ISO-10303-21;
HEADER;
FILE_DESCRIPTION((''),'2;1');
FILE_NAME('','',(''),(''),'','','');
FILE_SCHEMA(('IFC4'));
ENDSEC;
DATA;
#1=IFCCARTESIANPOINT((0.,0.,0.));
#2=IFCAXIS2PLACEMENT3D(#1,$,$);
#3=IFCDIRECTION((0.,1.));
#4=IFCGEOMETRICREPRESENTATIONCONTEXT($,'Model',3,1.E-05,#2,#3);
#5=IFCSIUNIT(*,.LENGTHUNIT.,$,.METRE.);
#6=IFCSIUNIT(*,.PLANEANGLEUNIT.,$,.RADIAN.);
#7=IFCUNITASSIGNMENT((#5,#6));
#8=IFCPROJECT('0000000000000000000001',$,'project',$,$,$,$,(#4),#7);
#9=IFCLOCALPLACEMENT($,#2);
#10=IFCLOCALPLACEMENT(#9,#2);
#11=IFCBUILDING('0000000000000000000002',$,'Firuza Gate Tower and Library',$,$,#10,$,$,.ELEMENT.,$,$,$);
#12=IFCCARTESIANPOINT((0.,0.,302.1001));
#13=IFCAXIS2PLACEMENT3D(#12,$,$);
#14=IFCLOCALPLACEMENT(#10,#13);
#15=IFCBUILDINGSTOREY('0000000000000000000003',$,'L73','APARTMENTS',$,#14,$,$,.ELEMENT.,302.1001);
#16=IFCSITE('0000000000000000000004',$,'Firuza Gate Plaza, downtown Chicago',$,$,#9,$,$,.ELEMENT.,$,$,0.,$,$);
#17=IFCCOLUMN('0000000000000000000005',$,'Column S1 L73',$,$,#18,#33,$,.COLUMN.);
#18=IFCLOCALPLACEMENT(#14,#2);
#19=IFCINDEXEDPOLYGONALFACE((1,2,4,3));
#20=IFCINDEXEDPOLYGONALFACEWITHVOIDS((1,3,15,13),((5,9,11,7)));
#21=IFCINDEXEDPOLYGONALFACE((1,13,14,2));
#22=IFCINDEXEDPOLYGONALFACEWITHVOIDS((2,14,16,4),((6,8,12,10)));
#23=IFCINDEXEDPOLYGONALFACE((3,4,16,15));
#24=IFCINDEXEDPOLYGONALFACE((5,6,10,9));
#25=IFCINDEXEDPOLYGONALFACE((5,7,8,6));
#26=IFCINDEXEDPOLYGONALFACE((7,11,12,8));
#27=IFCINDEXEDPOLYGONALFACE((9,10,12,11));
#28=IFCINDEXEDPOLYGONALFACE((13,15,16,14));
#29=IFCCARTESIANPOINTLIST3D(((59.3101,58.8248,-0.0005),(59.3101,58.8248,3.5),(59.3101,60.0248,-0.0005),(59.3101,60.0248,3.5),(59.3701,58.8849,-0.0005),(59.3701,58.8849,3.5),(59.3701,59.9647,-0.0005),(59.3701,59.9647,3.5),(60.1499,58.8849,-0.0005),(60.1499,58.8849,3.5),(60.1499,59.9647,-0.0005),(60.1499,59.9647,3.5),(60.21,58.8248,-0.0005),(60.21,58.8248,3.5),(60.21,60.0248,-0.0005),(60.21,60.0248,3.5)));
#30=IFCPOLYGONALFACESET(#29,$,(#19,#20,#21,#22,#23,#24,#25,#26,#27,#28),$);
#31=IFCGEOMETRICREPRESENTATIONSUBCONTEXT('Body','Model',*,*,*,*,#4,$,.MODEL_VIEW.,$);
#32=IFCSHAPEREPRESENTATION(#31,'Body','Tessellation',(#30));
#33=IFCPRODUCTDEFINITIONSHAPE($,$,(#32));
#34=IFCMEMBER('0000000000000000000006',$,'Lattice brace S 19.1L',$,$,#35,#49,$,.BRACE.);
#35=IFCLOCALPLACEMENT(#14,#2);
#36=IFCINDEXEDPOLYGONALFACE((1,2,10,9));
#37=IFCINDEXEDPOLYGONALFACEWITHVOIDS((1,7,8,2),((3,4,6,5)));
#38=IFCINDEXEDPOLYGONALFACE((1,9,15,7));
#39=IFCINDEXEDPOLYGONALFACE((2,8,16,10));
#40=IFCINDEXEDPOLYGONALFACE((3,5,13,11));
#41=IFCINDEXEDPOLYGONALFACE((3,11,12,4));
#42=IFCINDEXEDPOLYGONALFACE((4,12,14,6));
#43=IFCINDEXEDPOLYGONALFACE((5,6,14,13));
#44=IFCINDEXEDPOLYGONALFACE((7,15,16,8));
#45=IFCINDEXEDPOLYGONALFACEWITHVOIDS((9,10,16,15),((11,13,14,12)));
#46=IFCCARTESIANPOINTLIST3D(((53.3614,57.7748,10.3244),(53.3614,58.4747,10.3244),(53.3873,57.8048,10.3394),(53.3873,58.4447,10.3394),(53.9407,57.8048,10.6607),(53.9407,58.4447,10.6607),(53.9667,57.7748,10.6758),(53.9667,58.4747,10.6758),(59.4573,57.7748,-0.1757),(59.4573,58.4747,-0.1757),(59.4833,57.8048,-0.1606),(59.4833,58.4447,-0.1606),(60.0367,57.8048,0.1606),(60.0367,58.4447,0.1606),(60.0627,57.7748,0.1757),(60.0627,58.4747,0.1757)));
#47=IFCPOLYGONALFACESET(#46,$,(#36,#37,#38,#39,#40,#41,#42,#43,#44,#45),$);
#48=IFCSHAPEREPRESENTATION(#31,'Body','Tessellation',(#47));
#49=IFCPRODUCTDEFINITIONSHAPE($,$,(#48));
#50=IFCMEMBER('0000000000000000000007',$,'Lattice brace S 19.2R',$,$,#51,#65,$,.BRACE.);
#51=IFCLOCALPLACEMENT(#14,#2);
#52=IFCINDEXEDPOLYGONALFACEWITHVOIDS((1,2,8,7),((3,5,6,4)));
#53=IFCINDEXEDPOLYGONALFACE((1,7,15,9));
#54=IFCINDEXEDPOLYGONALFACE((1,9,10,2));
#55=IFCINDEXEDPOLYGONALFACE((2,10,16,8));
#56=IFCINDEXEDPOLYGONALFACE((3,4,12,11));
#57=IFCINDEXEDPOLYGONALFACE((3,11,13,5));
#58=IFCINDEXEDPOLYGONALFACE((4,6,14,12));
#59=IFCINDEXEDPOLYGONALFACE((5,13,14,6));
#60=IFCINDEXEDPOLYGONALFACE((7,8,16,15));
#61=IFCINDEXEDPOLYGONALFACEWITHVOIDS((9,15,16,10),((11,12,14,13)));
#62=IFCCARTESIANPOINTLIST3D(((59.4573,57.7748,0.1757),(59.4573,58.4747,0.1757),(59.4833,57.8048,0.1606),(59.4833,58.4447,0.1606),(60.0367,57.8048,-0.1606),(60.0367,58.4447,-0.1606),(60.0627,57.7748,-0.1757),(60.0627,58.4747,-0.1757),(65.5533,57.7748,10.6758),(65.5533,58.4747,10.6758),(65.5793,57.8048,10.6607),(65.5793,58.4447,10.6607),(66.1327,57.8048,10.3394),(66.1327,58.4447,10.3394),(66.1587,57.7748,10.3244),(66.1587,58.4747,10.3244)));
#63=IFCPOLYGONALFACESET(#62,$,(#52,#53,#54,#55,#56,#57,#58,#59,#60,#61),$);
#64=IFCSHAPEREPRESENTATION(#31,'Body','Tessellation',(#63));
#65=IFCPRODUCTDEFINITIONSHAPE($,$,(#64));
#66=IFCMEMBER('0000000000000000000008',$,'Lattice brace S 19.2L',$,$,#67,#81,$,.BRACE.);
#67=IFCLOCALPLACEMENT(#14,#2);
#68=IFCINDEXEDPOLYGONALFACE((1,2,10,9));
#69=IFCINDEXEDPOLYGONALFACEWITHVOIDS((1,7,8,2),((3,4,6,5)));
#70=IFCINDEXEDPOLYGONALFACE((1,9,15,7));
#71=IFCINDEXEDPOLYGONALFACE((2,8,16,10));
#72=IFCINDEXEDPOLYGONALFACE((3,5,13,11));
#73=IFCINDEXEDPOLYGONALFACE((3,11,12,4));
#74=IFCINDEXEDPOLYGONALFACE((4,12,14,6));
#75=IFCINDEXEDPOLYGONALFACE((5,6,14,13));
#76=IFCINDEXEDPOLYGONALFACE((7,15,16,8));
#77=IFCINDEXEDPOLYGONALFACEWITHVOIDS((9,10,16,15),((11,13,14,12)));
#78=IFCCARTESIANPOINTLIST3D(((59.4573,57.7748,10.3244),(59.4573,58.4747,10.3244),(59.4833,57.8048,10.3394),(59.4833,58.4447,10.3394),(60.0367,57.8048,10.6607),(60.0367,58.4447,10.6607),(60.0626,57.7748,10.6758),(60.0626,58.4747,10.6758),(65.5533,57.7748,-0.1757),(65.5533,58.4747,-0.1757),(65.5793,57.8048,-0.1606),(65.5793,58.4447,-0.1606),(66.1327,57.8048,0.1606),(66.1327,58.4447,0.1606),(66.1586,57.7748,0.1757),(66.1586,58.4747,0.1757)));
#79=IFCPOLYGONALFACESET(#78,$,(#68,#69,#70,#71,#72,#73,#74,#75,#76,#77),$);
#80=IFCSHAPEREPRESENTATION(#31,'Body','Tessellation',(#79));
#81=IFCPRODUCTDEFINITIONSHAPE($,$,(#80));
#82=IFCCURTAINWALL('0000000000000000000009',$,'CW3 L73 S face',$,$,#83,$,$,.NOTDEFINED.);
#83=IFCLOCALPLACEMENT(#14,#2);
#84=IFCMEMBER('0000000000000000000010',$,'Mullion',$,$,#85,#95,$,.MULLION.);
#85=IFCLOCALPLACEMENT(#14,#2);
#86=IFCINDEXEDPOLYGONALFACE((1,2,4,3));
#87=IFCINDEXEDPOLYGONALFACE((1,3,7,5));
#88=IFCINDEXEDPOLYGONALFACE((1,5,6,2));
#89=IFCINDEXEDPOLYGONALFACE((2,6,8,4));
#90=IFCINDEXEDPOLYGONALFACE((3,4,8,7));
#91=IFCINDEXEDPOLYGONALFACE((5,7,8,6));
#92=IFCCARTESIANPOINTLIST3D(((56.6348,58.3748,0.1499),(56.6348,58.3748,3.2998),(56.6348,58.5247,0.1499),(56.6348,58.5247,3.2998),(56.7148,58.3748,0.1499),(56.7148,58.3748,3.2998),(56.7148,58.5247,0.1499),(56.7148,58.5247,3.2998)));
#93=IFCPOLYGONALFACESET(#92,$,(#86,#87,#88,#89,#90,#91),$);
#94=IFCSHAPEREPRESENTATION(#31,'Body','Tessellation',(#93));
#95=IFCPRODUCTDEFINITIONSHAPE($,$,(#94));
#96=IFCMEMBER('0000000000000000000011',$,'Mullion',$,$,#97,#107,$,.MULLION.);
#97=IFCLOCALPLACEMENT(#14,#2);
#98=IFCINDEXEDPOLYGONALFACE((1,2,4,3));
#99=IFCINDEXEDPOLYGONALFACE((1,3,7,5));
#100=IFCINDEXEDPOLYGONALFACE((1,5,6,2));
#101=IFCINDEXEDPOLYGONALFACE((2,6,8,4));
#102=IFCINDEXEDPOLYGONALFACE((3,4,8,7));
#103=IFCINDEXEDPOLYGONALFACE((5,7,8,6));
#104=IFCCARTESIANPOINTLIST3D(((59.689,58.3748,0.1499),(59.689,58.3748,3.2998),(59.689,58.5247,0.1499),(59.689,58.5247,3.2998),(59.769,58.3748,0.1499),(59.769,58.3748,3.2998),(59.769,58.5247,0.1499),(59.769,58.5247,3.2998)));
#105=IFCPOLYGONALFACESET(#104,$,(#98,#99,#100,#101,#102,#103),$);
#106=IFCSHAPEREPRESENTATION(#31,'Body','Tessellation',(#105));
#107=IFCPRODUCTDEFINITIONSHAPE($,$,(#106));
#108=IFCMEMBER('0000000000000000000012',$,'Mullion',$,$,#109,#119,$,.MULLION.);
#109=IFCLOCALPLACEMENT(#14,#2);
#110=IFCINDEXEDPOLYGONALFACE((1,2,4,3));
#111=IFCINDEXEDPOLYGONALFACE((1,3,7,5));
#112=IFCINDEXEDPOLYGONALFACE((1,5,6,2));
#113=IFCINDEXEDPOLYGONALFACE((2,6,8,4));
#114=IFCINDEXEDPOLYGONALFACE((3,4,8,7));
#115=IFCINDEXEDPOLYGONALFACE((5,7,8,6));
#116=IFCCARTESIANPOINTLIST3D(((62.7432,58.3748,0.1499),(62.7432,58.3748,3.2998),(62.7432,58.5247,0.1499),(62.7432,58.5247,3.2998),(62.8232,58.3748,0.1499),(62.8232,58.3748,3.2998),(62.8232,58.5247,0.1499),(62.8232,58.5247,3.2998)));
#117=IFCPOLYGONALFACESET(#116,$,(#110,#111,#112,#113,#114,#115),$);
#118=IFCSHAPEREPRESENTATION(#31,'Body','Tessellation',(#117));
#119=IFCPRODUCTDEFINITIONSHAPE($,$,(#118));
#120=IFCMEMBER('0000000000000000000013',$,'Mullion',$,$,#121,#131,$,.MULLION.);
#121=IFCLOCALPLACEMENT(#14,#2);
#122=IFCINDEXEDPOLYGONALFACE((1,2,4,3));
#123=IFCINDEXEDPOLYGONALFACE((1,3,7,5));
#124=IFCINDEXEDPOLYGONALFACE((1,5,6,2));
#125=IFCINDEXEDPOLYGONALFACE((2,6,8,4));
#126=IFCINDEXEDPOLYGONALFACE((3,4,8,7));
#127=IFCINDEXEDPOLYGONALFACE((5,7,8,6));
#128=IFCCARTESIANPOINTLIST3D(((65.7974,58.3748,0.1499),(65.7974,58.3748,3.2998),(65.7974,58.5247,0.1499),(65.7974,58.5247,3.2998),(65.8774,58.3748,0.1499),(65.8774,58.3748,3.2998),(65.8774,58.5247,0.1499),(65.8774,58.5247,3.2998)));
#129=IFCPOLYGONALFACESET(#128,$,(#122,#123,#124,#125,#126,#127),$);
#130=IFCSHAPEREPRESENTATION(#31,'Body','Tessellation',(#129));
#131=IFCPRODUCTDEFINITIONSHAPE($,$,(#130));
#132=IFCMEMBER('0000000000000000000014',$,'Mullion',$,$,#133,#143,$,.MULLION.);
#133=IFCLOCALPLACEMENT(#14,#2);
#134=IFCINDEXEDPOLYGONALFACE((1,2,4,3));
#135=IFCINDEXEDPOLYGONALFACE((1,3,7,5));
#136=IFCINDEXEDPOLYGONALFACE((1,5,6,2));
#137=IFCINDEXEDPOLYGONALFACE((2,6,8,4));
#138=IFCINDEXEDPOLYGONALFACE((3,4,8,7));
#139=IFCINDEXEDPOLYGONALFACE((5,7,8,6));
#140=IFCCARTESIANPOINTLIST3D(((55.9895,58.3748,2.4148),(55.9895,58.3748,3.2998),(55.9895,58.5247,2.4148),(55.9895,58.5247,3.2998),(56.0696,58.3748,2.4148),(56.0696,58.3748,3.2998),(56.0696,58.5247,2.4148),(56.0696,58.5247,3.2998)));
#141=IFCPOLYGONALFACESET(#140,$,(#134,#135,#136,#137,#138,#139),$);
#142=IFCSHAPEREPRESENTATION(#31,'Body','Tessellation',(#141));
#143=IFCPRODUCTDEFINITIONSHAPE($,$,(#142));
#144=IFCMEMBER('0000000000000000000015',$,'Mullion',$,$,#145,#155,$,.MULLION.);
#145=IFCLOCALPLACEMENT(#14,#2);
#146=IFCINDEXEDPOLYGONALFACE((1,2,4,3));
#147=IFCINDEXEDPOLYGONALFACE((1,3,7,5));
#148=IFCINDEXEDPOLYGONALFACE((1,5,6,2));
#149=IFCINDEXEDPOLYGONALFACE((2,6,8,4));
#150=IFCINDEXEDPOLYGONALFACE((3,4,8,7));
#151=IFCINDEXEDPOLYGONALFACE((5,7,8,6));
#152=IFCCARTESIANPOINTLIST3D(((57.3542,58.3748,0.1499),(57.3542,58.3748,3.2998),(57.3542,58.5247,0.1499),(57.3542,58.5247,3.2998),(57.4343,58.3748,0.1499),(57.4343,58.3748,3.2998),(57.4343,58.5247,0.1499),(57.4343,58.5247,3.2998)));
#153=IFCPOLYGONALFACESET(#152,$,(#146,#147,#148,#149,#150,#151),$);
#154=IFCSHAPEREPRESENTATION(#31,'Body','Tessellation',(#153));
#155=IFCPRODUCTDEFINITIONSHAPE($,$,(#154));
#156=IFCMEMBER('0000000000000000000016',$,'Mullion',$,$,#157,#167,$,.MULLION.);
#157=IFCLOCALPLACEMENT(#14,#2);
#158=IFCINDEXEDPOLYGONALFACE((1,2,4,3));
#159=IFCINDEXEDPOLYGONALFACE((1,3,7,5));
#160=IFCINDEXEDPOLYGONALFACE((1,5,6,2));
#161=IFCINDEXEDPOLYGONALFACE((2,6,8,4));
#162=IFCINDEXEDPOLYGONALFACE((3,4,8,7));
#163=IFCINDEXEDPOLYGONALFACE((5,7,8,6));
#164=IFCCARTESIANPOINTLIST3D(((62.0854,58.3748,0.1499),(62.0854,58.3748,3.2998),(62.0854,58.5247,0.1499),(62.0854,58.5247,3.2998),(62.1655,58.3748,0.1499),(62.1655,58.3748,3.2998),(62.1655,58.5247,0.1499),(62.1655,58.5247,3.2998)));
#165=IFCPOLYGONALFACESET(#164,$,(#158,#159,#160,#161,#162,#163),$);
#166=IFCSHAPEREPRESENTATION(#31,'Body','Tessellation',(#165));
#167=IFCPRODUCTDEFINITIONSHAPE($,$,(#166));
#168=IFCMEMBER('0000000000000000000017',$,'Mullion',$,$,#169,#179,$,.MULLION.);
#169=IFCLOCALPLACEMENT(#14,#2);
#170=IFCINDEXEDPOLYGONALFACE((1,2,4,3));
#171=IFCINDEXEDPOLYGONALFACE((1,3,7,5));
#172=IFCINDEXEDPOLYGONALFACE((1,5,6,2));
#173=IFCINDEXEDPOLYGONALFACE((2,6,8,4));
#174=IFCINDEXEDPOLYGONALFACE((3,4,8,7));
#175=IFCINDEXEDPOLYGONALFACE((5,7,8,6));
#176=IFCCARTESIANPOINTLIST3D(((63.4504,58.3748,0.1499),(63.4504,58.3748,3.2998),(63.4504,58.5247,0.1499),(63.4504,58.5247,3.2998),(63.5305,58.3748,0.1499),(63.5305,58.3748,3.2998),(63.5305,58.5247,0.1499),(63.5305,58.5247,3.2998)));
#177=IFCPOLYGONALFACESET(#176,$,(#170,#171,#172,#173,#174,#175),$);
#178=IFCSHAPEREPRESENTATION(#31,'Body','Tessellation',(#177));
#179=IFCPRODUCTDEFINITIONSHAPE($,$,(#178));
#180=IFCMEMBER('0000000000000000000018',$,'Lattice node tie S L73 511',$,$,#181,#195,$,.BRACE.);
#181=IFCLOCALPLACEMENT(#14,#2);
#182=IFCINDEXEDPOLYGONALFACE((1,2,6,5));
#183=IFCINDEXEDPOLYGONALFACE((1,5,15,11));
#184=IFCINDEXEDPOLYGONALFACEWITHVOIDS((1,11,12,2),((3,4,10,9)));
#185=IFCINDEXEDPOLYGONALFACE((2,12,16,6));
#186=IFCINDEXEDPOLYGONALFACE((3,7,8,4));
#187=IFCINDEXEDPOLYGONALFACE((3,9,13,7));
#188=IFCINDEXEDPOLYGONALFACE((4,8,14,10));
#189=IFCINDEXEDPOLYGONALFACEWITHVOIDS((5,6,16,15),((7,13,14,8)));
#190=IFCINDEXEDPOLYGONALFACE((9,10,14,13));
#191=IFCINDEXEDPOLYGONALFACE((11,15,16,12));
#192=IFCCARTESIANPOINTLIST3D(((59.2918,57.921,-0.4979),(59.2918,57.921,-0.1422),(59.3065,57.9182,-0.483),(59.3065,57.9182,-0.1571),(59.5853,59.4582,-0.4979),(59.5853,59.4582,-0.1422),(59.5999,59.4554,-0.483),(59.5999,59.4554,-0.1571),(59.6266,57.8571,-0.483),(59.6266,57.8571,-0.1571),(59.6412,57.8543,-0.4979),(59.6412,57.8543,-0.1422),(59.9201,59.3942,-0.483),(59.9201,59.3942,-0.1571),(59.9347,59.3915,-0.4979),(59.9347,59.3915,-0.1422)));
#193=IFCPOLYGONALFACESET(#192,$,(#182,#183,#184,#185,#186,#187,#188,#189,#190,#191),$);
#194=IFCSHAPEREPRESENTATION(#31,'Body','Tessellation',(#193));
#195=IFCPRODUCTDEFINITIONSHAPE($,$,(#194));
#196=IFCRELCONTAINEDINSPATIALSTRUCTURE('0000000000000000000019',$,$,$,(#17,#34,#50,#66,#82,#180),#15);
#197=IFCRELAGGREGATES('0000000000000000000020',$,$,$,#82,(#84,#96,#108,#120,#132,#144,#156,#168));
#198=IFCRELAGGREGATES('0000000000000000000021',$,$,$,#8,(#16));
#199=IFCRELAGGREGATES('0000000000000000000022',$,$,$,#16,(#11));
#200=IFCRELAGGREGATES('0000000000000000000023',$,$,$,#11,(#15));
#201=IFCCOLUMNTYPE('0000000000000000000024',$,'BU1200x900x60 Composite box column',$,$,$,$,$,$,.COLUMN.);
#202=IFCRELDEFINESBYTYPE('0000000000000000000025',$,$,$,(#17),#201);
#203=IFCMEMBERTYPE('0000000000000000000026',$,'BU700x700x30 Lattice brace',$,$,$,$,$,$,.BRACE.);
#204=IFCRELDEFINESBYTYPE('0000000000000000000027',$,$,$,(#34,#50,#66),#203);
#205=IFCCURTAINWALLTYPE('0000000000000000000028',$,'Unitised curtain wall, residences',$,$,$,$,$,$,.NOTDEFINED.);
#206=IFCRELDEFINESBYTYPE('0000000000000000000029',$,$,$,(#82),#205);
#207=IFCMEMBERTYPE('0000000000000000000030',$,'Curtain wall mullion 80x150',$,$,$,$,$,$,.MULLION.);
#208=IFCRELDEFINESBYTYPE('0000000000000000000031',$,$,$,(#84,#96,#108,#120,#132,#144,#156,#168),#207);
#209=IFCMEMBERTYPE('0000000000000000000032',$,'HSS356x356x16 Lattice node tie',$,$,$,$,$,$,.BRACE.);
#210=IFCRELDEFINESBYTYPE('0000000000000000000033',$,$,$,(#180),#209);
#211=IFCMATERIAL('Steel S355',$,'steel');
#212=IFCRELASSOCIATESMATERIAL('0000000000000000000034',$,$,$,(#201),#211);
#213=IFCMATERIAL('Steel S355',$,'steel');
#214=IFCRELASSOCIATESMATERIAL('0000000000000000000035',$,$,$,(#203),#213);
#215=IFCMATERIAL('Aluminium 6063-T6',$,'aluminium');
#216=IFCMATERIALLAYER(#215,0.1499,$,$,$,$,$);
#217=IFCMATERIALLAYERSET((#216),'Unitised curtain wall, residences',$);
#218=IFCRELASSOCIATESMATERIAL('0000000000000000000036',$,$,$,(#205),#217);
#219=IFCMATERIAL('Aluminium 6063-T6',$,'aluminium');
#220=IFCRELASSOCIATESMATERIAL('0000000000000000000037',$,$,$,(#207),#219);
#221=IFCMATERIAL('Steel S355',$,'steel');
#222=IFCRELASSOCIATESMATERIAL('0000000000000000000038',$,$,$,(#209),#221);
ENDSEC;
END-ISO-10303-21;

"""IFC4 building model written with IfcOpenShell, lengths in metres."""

from ifc_helpers import new_model, si_unit, direction, frame, origin, origin_2d, place, context, subcontext, project, spatial, rectangle, hollow_rectangle, extrude, material, layer, layer_set, material_profile, profile_set, type_object, element, aggregate, save


model = new_model("IFC4")

# Units and contexts
model_context = context("Model", 3, precision=1e-05, world=origin(), true_north=direction((0.0, 1.0)))
body_context = subcontext(model_context, "Body", "Model", "MODEL_VIEW")
ifc_project = project(units=[si_unit("LENGTHUNIT", "METRE"), si_unit("PLANEANGLEUNIT", "RADIAN")], contexts=[model_context])

# Site, building, storey
site_placement = place(None, origin())
site = spatial("IfcSite", under=ifc_project, at=site_placement, Name="Firuza Gate Plaza, downtown Chicago", CompositionType="ELEMENT", RefElevation=0.0)
building_placement = place(site_placement, origin())
building = spatial("IfcBuilding", under=site, at=building_placement, Name="Firuza Gate Tower and Library", CompositionType="ELEMENT")
storey_placement = place(building_placement, frame((0.0, 0.0, 302.1001)))
storey = spatial("IfcBuildingStorey", under=building, at=storey_placement, Name="L73", Description="APARTMENTS", CompositionType="ELEMENT", Elevation=302.1001)

# Column
ifc_material_1 = material(Name="Steel S355", Category="steel")
ifc_material_profile_1 = material_profile(ifc_material_1, hollow_rectangle(XDim=0.8999, YDim=1.2, WallThickness=0.0601, at=origin_2d()))
ifc_profile_set_1 = profile_set([ifc_material_profile_1], Name="Steel S355")
column_type = type_object("IfcColumnType", Name="BU1200x900x60 Composite box column", PredefinedType="COLUMN", material=ifc_profile_set_1)
column_placement = place(storey_placement, frame((59.76, 59.4248, -0.0005), z_axis=(0.0, 0.0, 1.0), x_axis=(1.0, 0.0, 0.0)))
element("IfcColumn", 1, at=column_placement, inside=storey, type_object=column_type, Name="Column S1 L73", PredefinedType="COLUMN", context=body_context, shape_type="SweptSolid", body=[
    extrude(hollow_rectangle(XDim=0.8999, YDim=1.2, WallThickness=0.0601, at=origin_2d()), origin(), (0.0, 0.0, 1.0), 3.5005),
])

# Members
ifc_material_2 = material(Name="Steel S355", Category="steel")
ifc_material_profile_2 = material_profile(ifc_material_2, hollow_rectangle(XDim=0.7, YDim=0.7, WallThickness=0.03, at=origin_2d()))
ifc_profile_set_2 = profile_set([ifc_material_profile_2], Name="Steel S355")
member_type_1 = type_object("IfcMemberType", Name="BU700x700x30 Lattice brace", PredefinedType="BRACE", material=ifc_profile_set_2)
for number, where, z_axis, x_axis, name in (
    (2, (59.76, 58.1248, 0.0), (-0.502085, 0.0, 0.864819), (0.0, -1.0, 0.0), "Lattice brace S 19.1L"),
    (3, (59.76, 58.1248, 0.0), (0.502085, 0.0, 0.864819), (0.0, 1.0, 0.0), "Lattice brace S 19.2R"),
    (4, (65.856, 58.1248, 0.0), (-0.502085, 0.0, 0.864819), (0.0, -1.0, 0.0), "Lattice brace S 19.2L"),
):
    element("IfcMember", number, at=place(storey_placement, frame(where, z_axis=z_axis, x_axis=x_axis)), inside=storey, type_object=member_type_1, Name=name, PredefinedType="BRACE", context=body_context, shape_type="SweptSolid", body=[
        extrude(hollow_rectangle(XDim=0.7, YDim=0.7, WallThickness=0.03, at=origin_2d()), origin(), (0.0, 0.0, 1.0), 12.1414),
    ])

# Curtain wall, members
ifc_material_3 = material(Name="Aluminium 6063-T6", Category="aluminium")
ifc_layer_1 = layer(ifc_material_3, 0.1499)
ifc_layer_set_1 = layer_set([ifc_layer_1], Name="Unitised curtain wall, residences")
curtain_wall_type = type_object("IfcCurtainWallType", Name="Unitised curtain wall, residences", PredefinedType="NOTDEFINED", material=ifc_layer_set_1)
curtain_wall_placement = place(storey_placement, origin())
curtain_wall = element("IfcCurtainWall", 5, at=curtain_wall_placement, inside=storey, type_object=curtain_wall_type, Name="CW3 L73 S face", PredefinedType="NOTDEFINED")
ifc_material_4 = material(Name="Aluminium 6063-T6", Category="aluminium")
ifc_material_profile_3 = material_profile(ifc_material_4, rectangle(XDim=0.1499, YDim=0.0801, at=origin_2d()))
ifc_profile_set_3 = profile_set([ifc_material_profile_3], Name="Aluminium 6063-T6")
member_type_2 = type_object("IfcMemberType", Name="Curtain wall mullion 80x150", PredefinedType="MULLION", material=ifc_profile_set_3)
member_1_placement = place(storey_placement, frame((56.6748, 58.4497, 0.1499), z_axis=(0.0, 0.0, 1.0), x_axis=(0.0, 1.0, 0.0)))
member_1 = element("IfcMember", 6, at=member_1_placement, type_object=member_type_2, Name="Mullion", PredefinedType="MULLION", context=body_context, shape_type="SweptSolid", body=[
    extrude(rectangle(XDim=0.1499, YDim=0.0801, at=origin_2d()), origin(), (0.0, 0.0, 1.0), 3.1499),
])
member_2_placement = place(storey_placement, frame((59.729, 58.4497, 0.1499), z_axis=(0.0, 0.0, 1.0), x_axis=(0.0, 1.0, 0.0)))
member_2 = element("IfcMember", 7, at=member_2_placement, type_object=member_type_2, Name="Mullion", PredefinedType="MULLION", context=body_context, shape_type="SweptSolid", body=[
    extrude(rectangle(XDim=0.1499, YDim=0.0801, at=origin_2d()), origin(), (0.0, 0.0, 1.0), 3.1499),
])
member_3_placement = place(storey_placement, frame((62.7832, 58.4497, 0.1499), z_axis=(0.0, 0.0, 1.0), x_axis=(0.0, 1.0, 0.0)))
member_3 = element("IfcMember", 8, at=member_3_placement, type_object=member_type_2, Name="Mullion", PredefinedType="MULLION", context=body_context, shape_type="SweptSolid", body=[
    extrude(rectangle(XDim=0.1499, YDim=0.0801, at=origin_2d()), origin(), (0.0, 0.0, 1.0), 3.1499),
])
member_4_placement = place(storey_placement, frame((65.8374, 58.4497, 0.1499), z_axis=(0.0, 0.0, 1.0), x_axis=(0.0, 1.0, 0.0)))
member_4 = element("IfcMember", 9, at=member_4_placement, type_object=member_type_2, Name="Mullion", PredefinedType="MULLION", context=body_context, shape_type="SweptSolid", body=[
    extrude(rectangle(XDim=0.1499, YDim=0.0801, at=origin_2d()), origin(), (0.0, 0.0, 1.0), 3.1499),
])
member_5_placement = place(storey_placement, frame((56.0295, 58.4497, 2.4148), z_axis=(0.0, 0.0, 1.0), x_axis=(0.0, 1.0, 0.0)))
member_5 = element("IfcMember", 10, at=member_5_placement, type_object=member_type_2, Name="Mullion", PredefinedType="MULLION", context=body_context, shape_type="SweptSolid", body=[
    extrude(rectangle(XDim=0.1499, YDim=0.0801, at=origin_2d()), origin(), (0.0, 0.0, 1.0), 0.885),
])
member_6_placement = place(storey_placement, frame((57.3943, 58.4497, 0.1499), z_axis=(0.0, 0.0, 1.0), x_axis=(0.0, 1.0, 0.0)))
member_6 = element("IfcMember", 11, at=member_6_placement, type_object=member_type_2, Name="Mullion", PredefinedType="MULLION", context=body_context, shape_type="SweptSolid", body=[
    extrude(rectangle(XDim=0.1499, YDim=0.0801, at=origin_2d()), origin(), (0.0, 0.0, 1.0), 3.1499),
])
member_7_placement = place(storey_placement, frame((62.1255, 58.4497, 0.1499), z_axis=(0.0, 0.0, 1.0), x_axis=(0.0, 1.0, 0.0)))
member_7 = element("IfcMember", 12, at=member_7_placement, type_object=member_type_2, Name="Mullion", PredefinedType="MULLION", context=body_context, shape_type="SweptSolid", body=[
    extrude(rectangle(XDim=0.1499, YDim=0.0801, at=origin_2d()), origin(), (0.0, 0.0, 1.0), 3.1499),
])
member_8_placement = place(storey_placement, frame((63.4905, 58.4497, 0.1499), z_axis=(0.0, 0.0, 1.0), x_axis=(0.0, 1.0, 0.0)))
member_8 = element("IfcMember", 13, at=member_8_placement, type_object=member_type_2, Name="Mullion", PredefinedType="MULLION", context=body_context, shape_type="SweptSolid", body=[
    extrude(rectangle(XDim=0.1499, YDim=0.0801, at=origin_2d()), origin(), (0.0, 0.0, 1.0), 3.1499),
])

# Member
ifc_material_5 = material(Name="Steel S355", Category="steel")
ifc_material_profile_4 = material_profile(ifc_material_5, hollow_rectangle(XDim=0.3557, YDim=0.3557, WallThickness=0.0149, at=origin_2d()))
ifc_profile_set_4 = profile_set([ifc_material_profile_4], Name="Steel S355")
member_type_3 = type_object("IfcMemberType", Name="HSS356x356x16 Lattice node tie", PredefinedType="BRACE", material=ifc_profile_set_4)
member_9_placement = place(storey_placement, frame((59.76, 59.4248, -0.3201), z_axis=(-0.187528, -0.982259, 0.0), x_axis=(0.982259, -0.187528, 0.0)))
element("IfcMember", 14, at=member_9_placement, inside=storey, type_object=member_type_3, Name="Lattice node tie S L73 511", PredefinedType="BRACE", context=body_context, shape_type="SweptSolid", body=[
    extrude(hollow_rectangle(XDim=0.3557, YDim=0.3557, WallThickness=0.0149, at=origin_2d()), origin(), (0.0, 0.0, 1.0), 1.5649),
])

aggregate(curtain_wall, [member_1, member_2, member_3, member_4, member_5, member_6, member_7, member_8])

save(model, "model.ifc")
